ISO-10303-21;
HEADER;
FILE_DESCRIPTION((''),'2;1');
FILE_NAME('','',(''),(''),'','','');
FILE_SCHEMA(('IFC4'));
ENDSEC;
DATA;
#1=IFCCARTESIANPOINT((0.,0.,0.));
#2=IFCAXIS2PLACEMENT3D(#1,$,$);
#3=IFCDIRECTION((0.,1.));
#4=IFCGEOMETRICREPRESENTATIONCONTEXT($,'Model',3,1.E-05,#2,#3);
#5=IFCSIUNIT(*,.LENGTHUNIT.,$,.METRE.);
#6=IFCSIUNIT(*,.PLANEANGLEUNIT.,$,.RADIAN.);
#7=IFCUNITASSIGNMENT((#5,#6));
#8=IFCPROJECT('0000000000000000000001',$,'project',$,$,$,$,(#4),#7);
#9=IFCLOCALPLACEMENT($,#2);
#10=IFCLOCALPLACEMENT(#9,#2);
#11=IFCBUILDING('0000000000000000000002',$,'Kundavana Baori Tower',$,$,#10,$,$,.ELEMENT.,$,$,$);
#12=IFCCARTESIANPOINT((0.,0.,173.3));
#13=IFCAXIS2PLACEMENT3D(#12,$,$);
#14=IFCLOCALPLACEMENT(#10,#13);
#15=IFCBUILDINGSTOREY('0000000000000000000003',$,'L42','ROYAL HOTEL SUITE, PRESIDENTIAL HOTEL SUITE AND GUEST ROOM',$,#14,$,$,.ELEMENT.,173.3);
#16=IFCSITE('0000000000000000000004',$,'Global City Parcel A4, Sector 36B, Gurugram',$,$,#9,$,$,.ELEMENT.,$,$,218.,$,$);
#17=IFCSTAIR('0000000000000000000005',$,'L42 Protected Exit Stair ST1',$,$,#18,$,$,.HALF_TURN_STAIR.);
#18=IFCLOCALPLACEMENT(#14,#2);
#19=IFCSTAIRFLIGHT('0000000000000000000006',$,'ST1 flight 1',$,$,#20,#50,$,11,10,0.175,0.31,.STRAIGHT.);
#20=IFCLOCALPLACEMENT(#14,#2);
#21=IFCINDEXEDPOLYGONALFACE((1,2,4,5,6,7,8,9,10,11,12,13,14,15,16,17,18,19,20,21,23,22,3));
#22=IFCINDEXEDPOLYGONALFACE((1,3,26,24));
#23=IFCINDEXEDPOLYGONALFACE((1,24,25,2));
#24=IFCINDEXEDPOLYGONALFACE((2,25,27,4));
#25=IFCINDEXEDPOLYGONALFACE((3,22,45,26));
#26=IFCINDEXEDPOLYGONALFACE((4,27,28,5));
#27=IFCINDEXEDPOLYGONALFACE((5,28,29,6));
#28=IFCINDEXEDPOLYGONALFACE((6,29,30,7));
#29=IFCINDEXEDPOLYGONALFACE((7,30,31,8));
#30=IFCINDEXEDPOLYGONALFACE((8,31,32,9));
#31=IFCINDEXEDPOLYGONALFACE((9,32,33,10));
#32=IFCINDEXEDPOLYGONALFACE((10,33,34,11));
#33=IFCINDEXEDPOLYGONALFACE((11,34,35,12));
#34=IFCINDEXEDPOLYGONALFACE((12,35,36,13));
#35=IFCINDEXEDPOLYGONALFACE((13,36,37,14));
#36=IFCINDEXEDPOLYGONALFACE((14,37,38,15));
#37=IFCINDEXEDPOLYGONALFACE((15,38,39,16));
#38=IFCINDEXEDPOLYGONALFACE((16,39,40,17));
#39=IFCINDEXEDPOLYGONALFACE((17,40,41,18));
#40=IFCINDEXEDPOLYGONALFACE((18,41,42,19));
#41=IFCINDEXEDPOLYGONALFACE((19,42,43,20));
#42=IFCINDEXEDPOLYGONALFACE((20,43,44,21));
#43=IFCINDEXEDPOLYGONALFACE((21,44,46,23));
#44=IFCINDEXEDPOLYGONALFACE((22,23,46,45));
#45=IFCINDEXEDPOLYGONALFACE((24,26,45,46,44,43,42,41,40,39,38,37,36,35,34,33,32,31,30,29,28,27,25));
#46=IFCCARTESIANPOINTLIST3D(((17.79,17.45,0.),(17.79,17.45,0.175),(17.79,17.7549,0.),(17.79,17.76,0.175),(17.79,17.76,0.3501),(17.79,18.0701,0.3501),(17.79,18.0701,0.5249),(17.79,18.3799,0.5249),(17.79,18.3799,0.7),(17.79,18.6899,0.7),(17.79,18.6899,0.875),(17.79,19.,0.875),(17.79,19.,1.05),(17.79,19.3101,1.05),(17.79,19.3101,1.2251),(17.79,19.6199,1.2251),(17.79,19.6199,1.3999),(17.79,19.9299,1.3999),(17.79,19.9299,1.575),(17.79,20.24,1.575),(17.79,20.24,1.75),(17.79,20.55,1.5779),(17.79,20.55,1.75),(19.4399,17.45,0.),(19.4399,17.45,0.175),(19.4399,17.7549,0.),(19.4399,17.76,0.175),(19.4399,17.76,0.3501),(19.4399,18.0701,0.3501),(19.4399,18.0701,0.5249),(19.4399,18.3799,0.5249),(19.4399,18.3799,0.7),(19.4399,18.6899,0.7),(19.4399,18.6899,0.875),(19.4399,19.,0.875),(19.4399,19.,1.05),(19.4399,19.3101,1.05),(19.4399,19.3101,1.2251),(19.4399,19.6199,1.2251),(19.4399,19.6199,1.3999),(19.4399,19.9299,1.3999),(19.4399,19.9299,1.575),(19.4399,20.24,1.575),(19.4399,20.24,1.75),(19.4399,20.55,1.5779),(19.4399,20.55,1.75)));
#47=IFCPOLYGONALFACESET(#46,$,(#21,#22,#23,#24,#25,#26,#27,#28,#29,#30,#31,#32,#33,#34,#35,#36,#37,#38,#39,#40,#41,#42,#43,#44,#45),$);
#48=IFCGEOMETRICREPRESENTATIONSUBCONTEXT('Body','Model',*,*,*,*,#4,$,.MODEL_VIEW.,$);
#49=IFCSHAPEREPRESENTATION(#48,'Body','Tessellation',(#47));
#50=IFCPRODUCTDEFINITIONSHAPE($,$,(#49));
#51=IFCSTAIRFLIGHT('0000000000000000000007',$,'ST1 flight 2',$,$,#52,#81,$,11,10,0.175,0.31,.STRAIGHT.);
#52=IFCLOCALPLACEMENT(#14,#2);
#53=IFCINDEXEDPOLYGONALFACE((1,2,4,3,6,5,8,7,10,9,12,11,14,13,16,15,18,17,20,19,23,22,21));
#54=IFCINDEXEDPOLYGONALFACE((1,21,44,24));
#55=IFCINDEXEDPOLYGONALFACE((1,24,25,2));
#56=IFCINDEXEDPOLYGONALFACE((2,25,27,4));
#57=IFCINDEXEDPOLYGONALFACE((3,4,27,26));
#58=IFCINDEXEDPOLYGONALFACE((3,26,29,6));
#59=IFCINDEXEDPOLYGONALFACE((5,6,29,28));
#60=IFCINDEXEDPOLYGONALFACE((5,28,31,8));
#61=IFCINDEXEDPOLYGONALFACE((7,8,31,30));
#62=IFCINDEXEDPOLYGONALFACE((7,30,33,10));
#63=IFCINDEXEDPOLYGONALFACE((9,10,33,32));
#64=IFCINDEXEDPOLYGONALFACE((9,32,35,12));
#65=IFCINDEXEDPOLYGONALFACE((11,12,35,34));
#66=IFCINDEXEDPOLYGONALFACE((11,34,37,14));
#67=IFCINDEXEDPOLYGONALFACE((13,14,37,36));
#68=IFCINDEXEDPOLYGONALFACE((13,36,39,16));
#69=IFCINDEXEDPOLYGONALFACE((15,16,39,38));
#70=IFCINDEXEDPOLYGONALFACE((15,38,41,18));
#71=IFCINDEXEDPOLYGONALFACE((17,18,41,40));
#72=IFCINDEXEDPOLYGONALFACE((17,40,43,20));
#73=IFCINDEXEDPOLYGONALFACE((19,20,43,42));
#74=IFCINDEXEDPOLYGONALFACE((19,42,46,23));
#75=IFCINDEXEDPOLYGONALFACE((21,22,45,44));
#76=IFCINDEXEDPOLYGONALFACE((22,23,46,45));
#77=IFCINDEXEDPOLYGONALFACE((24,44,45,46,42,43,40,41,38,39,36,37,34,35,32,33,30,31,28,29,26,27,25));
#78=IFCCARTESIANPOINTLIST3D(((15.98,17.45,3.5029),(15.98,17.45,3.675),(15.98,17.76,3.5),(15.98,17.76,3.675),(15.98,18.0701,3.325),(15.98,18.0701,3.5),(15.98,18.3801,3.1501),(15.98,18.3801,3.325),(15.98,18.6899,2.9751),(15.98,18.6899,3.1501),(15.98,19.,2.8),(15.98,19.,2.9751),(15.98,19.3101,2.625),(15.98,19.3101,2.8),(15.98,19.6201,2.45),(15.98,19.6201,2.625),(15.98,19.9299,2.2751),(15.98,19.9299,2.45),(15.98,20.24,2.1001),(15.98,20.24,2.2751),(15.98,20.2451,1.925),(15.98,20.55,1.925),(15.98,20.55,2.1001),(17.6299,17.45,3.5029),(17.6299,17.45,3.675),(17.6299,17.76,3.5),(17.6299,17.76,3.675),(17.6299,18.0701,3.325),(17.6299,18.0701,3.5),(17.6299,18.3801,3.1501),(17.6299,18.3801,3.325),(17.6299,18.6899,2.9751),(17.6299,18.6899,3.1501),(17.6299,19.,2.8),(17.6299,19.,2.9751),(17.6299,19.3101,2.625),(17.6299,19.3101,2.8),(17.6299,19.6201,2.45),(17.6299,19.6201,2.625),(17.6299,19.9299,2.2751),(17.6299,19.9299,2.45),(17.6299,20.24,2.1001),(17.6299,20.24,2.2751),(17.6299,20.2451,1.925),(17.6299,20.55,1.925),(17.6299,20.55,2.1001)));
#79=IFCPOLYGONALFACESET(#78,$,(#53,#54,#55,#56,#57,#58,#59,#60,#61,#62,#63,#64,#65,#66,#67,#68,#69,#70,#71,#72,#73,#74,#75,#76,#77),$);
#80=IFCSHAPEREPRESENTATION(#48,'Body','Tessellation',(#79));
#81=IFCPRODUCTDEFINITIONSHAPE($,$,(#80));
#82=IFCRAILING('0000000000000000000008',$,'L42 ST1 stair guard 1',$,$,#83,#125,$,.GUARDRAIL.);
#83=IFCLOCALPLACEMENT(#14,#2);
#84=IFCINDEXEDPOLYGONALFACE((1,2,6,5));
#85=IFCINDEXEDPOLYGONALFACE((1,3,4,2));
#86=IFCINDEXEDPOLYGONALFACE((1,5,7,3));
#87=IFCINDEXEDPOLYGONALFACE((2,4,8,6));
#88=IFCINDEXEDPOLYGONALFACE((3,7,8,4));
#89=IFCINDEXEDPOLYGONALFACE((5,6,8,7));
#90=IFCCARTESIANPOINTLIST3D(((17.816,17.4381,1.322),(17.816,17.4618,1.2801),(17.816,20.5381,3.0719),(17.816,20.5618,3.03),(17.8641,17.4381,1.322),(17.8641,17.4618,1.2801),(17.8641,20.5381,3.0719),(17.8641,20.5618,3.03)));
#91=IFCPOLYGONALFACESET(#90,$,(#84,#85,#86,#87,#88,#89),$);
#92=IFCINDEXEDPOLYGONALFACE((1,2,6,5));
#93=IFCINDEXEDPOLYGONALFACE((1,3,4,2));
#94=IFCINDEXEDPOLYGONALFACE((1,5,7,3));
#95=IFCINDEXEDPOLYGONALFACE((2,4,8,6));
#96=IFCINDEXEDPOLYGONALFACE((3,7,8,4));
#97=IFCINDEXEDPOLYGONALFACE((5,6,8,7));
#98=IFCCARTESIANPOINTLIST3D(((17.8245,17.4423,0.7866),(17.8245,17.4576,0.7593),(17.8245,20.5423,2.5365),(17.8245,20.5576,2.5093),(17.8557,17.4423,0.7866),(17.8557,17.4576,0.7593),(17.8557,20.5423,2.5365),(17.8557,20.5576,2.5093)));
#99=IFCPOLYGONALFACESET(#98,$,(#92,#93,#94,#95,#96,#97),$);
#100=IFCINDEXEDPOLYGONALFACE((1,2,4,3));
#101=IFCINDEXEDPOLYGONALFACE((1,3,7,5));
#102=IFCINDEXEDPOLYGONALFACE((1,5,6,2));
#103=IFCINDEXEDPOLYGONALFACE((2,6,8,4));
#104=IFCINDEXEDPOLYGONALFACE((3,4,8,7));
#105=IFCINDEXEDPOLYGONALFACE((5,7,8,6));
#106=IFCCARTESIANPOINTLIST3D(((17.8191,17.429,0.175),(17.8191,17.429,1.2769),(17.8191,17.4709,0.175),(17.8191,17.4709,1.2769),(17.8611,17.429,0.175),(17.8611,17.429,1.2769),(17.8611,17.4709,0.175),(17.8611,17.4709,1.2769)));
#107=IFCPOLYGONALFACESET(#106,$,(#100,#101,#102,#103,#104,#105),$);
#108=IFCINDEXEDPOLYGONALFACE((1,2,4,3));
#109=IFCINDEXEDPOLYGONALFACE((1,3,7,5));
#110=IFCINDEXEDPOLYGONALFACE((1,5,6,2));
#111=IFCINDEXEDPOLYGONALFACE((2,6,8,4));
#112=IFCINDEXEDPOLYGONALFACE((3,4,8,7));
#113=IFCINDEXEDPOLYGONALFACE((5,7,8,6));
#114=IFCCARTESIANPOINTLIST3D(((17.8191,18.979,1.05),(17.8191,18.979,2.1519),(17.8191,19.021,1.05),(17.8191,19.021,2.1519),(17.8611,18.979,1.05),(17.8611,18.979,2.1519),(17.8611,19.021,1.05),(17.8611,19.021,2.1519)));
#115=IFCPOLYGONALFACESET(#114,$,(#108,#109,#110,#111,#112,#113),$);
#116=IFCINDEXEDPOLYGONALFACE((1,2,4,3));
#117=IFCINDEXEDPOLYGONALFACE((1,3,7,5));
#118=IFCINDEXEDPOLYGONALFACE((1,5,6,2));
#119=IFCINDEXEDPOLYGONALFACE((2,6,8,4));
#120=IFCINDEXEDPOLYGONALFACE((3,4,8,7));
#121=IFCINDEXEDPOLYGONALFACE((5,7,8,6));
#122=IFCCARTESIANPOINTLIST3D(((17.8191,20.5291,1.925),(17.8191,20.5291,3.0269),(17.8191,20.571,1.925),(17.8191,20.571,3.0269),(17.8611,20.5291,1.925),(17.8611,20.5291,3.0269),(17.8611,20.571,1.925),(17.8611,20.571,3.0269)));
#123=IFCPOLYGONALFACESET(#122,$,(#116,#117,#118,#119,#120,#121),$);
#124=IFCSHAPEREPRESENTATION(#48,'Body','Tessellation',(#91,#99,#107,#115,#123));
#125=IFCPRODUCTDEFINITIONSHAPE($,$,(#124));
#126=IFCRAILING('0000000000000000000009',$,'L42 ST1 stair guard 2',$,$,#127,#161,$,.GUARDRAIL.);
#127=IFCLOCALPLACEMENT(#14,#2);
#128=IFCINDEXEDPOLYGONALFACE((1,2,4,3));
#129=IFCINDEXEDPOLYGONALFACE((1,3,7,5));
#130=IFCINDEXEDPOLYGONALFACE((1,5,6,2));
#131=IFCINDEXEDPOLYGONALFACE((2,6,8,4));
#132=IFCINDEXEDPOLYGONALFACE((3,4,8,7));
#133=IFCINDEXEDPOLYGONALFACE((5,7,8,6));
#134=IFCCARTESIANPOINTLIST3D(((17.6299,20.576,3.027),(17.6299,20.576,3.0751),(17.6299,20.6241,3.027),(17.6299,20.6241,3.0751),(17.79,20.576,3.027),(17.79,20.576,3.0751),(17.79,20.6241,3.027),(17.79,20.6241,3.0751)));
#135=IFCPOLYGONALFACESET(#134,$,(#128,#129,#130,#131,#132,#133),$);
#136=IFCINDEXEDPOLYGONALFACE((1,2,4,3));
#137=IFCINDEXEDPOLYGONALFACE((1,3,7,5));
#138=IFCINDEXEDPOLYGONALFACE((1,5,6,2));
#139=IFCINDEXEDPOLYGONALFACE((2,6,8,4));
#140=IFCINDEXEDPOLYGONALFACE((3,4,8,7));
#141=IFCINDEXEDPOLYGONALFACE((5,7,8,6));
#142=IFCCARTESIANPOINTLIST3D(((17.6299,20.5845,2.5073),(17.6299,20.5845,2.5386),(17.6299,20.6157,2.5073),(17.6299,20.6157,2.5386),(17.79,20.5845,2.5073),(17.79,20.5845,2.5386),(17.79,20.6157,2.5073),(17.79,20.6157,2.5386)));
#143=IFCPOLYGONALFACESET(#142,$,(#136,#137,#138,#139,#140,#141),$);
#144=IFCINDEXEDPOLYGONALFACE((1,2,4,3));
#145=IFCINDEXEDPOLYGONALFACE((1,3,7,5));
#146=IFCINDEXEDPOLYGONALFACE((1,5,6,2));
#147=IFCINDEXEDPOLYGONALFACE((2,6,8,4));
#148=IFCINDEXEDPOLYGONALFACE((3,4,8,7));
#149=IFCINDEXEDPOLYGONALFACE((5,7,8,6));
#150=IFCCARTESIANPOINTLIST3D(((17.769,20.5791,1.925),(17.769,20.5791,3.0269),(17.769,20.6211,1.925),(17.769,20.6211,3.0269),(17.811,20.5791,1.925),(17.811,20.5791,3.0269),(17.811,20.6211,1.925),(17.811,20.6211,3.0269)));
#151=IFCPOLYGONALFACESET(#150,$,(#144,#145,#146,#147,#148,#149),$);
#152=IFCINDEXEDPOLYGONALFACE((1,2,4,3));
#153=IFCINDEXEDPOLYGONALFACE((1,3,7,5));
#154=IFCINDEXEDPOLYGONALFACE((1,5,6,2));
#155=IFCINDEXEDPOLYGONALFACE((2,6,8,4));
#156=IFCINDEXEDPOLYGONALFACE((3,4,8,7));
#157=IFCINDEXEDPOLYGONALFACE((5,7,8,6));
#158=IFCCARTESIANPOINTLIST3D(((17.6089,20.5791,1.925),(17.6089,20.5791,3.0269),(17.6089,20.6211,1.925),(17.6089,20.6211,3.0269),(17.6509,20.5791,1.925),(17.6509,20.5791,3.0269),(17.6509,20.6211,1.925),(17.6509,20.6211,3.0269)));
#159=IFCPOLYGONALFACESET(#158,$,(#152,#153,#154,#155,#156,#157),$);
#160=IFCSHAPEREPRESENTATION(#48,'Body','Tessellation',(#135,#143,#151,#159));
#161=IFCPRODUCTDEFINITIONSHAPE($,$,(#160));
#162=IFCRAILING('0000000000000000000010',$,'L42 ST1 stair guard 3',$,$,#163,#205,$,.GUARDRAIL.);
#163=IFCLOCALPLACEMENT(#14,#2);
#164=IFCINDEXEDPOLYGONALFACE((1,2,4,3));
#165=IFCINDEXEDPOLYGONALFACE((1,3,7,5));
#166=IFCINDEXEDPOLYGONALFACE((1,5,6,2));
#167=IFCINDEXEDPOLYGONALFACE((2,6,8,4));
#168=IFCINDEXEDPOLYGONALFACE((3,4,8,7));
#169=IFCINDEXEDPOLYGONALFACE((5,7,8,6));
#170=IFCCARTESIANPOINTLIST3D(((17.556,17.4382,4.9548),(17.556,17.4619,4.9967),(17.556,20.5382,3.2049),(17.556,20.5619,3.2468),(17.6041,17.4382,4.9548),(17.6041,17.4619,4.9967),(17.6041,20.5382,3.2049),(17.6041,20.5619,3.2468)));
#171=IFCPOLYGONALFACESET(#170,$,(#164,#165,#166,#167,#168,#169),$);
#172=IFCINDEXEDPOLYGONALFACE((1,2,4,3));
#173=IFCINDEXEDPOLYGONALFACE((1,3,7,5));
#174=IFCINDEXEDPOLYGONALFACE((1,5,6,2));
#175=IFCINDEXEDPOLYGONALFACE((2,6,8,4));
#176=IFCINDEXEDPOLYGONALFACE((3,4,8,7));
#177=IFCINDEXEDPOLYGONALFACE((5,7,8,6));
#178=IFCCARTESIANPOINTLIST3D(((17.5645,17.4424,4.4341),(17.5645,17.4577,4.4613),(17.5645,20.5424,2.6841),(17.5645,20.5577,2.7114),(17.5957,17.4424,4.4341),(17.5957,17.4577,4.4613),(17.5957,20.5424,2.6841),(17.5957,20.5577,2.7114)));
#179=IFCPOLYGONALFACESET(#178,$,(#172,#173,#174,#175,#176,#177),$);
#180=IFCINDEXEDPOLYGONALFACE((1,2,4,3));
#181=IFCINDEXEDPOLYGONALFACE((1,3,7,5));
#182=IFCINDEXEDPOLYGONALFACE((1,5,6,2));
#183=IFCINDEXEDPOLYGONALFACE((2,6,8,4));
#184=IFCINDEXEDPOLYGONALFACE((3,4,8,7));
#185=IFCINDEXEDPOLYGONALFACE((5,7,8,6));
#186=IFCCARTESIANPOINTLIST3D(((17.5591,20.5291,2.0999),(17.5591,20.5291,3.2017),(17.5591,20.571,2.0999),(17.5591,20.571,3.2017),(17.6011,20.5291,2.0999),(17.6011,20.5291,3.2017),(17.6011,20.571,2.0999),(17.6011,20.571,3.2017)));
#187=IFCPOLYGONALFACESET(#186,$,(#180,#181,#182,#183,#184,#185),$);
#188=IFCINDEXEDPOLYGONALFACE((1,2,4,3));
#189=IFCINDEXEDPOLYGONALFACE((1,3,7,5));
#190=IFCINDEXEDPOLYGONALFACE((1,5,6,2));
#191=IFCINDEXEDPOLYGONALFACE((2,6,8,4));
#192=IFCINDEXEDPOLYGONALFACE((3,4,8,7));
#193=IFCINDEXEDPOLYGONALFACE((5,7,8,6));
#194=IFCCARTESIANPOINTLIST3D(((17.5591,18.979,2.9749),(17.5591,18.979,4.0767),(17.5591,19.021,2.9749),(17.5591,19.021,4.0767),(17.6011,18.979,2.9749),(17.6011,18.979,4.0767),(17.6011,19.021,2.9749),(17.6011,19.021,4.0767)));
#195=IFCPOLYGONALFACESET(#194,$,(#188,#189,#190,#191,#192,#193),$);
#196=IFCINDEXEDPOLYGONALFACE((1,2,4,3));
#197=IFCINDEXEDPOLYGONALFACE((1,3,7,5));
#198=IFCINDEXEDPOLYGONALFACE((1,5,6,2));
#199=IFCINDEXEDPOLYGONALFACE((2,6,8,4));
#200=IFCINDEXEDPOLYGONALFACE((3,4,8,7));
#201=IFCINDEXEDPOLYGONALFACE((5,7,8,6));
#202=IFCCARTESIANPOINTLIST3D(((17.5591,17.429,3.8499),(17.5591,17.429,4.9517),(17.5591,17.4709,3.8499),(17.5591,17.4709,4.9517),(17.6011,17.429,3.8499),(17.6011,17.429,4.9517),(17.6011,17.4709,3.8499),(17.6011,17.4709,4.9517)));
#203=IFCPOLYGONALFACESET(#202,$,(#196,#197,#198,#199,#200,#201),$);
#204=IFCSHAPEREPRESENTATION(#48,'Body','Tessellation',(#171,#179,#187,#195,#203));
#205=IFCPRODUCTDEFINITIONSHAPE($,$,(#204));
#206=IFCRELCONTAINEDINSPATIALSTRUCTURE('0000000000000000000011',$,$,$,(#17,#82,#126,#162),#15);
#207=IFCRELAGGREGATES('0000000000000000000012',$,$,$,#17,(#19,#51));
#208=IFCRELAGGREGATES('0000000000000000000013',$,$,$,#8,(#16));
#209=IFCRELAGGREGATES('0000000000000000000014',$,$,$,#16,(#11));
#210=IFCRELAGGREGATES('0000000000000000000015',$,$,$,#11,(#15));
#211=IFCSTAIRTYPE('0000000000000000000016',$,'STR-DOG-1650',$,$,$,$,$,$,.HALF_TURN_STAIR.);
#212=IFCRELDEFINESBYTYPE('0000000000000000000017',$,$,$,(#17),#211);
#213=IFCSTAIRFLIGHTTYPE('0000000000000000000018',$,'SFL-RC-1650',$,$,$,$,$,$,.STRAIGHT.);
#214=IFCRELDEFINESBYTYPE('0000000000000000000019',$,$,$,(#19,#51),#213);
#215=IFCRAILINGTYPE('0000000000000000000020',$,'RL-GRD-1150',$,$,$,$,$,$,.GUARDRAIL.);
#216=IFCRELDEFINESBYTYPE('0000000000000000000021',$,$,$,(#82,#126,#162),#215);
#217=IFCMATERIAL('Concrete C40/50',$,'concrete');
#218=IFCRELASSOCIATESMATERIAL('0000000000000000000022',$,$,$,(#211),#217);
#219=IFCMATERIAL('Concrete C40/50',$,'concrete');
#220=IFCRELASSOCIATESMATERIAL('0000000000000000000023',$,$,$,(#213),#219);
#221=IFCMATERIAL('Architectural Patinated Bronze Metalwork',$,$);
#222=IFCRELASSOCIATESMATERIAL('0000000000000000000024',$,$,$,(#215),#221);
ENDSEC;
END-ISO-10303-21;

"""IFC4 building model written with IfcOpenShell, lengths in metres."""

from ifc_helpers import new_model, si_unit, direction, frame, origin, origin_2d, place, context, subcontext, project, spatial, polyline, rectangle, outline, extrude, material, type_object, element, aggregate, save


model = new_model("IFC4")

# Units and contexts
model_context = context("Model", 3, precision=1e-05, world=origin(), true_north=direction((0.0, 1.0)))
body_context = subcontext(model_context, "Body", "Model", "MODEL_VIEW")
ifc_project = project(units=[si_unit("LENGTHUNIT", "METRE"), si_unit("PLANEANGLEUNIT", "RADIAN")], contexts=[model_context])

# Site, building, storey
site_placement = place(None, origin())
site = spatial("IfcSite", under=ifc_project, at=site_placement, Name="Global City Parcel A4, Sector 36B, Gurugram", CompositionType="ELEMENT", RefElevation=218.0)
building_placement = place(site_placement, origin())
building = spatial("IfcBuilding", under=site, at=building_placement, Name="Kundavana Baori Tower", CompositionType="ELEMENT")
storey_placement = place(building_placement, frame((0.0, 0.0, 173.3)))
storey = spatial("IfcBuildingStorey", under=building, at=storey_placement, Name="L42", Description="ROYAL HOTEL SUITE, PRESIDENTIAL HOTEL SUITE AND GUEST ROOM", CompositionType="ELEMENT", Elevation=173.3)

# Stair, stair flights
ifc_material_1 = material(Name="Concrete C40/50", Category="concrete")
stair_type = type_object("IfcStairType", Name="STR-DOG-1650", PredefinedType="HALF_TURN_STAIR", material=ifc_material_1)
stair_placement = place(storey_placement, origin())
stair = element("IfcStair", 1, at=stair_placement, inside=storey, type_object=stair_type, Name="L42 Protected Exit Stair ST1", PredefinedType="HALF_TURN_STAIR")
ifc_material_2 = material(Name="Concrete C40/50", Category="concrete")
stair_flight_type = type_object("IfcStairFlightType", Name="SFL-RC-1650", PredefinedType="STRAIGHT", material=ifc_material_2)
stair_flight_1_placement = place(storey_placement, frame((18.615, 17.45, 0.0), z_axis=(0.0, 0.0, 1.0), x_axis=(0.0, 1.0, 0.0)))
stair_flight_1 = element("IfcStairFlight", 2, at=stair_flight_1_placement, type_object=stair_flight_type, Name="ST1 flight 1", NumberOfRisers=11, NumberOfTreads=10, PredefinedType="STRAIGHT", RiserHeight=0.175, TreadLength=0.31, context=body_context, shape_type="SweptSolid", body=[
    extrude(outline(polyline([(0.0, 0.0), (0.0, 0.175), (0.3101, 0.175), (0.3101, 0.3501), (0.6201, 0.3501), (0.6201, 0.5249), (0.9299, 0.5249), (0.9299, 0.7), (1.24, 0.7), (1.24, 0.875), (1.55, 0.875), (1.55, 1.05), (1.8601, 1.05), (1.8601, 1.2251), (2.1699, 1.2251), (2.1699, 1.3999), (2.48, 1.3999), (2.48, 1.575), (2.79, 1.575), (2.79, 1.75), (3.1001, 1.75), (3.1001, 1.925), (3.1001, 1.5779), (0.3049, 0.0), (0.0, 0.0)])), frame((0.0, 0.825, 0.0), z_axis=(0.0, -1.0, 0.0), x_axis=(1.0, 0.0, 0.0)), (0.0, 0.0, 1.0), 1.6499),
])
stair_flight_2_placement = place(storey_placement, frame((16.8049, 20.55, 1.925), z_axis=(0.0, 0.0, 1.0), x_axis=(0.0, -1.0, 0.0)))
stair_flight_2 = element("IfcStairFlight", 3, at=stair_flight_2_placement, type_object=stair_flight_type, Name="ST1 flight 2", NumberOfRisers=11, NumberOfTreads=10, PredefinedType="STRAIGHT", RiserHeight=0.175, TreadLength=0.31, context=body_context, shape_type="SweptSolid", body=[
    extrude(outline(polyline([(0.0, 0.0), (0.0, 0.175), (0.3101, 0.175), (0.3101, 0.3501), (0.6201, 0.3501), (0.6201, 0.5249), (0.9299, 0.5249), (0.9299, 0.7), (1.24, 0.7), (1.24, 0.875), (1.55, 0.875), (1.55, 1.05), (1.8601, 1.05), (1.8601, 1.2251), (2.1699, 1.2251), (2.1699, 1.3999), (2.48, 1.3999), (2.48, 1.575), (2.79, 1.575), (2.79, 1.75), (3.1001, 1.75), (3.1001, 1.925), (3.1001, 1.5779), (0.3049, 0.0), (0.0, 0.0)])), frame((0.0, 0.825, 0.0), z_axis=(0.0, -1.0, 0.0), x_axis=(1.0, 0.0, 0.0)), (0.0, 0.0, 1.0), 1.6499),
])
aggregate(stair, [stair_flight_1, stair_flight_2])

# Railings
ifc_material_3 = material(Name="Architectural Patinated Bronze Metalwork")
railing_type_1 = type_object("IfcRailingType", Name="RL-GRD-1150", PredefinedType="GUARDRAIL", material=ifc_material_3)
railing_1_placement = place(storey_placement, frame((17.8401, 17.45, 0.175)))
element("IfcRailing", 4, at=railing_1_placement, inside=storey, type_object=railing_type_1, Name="L42 ST1 stair guard 1", PredefinedType="GUARDRAIL", context=body_context, shape_type="SweptSolid", body=[
    extrude(rectangle(XDim=0.0481, YDim=0.0481, at=origin_2d()), frame((0.0, 0.0, 1.126), z_axis=(0.0, 0.870831, 0.491583), x_axis=(-1.0, 0.0, 0.0)), (0.0, 0.0, 1.0), 3.5598),
    extrude(rectangle(XDim=0.0312, YDim=0.0312, at=origin_2d()), frame((0.0, 0.0, 0.5979), z_axis=(0.0, 0.870831, 0.491583), x_axis=(-1.0, 0.0, 0.0)), (0.0, 0.0, 1.0), 3.5598),
    extrude(rectangle(XDim=0.042, YDim=0.042, at=origin_2d()), origin(), (0.0, 0.0, 1.0), 1.1018),
    extrude(rectangle(XDim=0.042, YDim=0.042, at=origin_2d()), frame((0.0, 1.55, 0.875)), (0.0, 0.0, 1.0), 1.1018),
    extrude(rectangle(XDim=0.042, YDim=0.042, at=origin_2d()), frame((0.0, 3.1001, 1.75)), (0.0, 0.0, 1.0), 1.1018),
])
railing_2_placement = place(storey_placement, frame((17.79, 20.6001, 1.925)))
element("IfcRailing", 5, at=railing_2_placement, inside=storey, type_object=railing_type_1, Name="L42 ST1 stair guard 2", PredefinedType="GUARDRAIL", context=body_context, shape_type="SweptSolid", body=[
    extrude(rectangle(XDim=0.0481, YDim=0.0481, at=origin_2d()), frame((0.0, 0.0, 1.126), z_axis=(-1.0, 0.0, 0.0), x_axis=(0.0, -1.0, 0.0)), (0.0, 0.0, 1.0), 0.1602),
    extrude(rectangle(XDim=0.0312, YDim=0.0312, at=origin_2d()), frame((0.0, 0.0, 0.5979), z_axis=(-1.0, 0.0, 0.0), x_axis=(0.0, -1.0, 0.0)), (0.0, 0.0, 1.0), 0.1602),
    extrude(rectangle(XDim=0.042, YDim=0.042, at=origin_2d()), origin(), (0.0, 0.0, 1.0), 1.1018),
    extrude(rectangle(XDim=0.042, YDim=0.042, at=origin_2d()), frame((-0.1602, 0.0, 0.0)), (0.0, 0.0, 1.0), 1.1018),
])
railing_3_placement = place(storey_placement, frame((17.5801, 20.55, 2.0999)))
element("IfcRailing", 6, at=railing_3_placement, inside=storey, type_object=railing_type_1, Name="L42 ST1 stair guard 3", PredefinedType="GUARDRAIL", context=body_context, shape_type="SweptSolid", body=[
    extrude(rectangle(XDim=0.0481, YDim=0.0481, at=origin_2d()), frame((0.0, 0.0, 1.126), z_axis=(0.0, -0.870831, 0.491583), x_axis=(1.0, 0.0, 0.0)), (0.0, 0.0, 1.0), 3.5598),
    extrude(rectangle(XDim=0.0312, YDim=0.0312, at=origin_2d()), frame((0.0, 0.0, 0.5979), z_axis=(0.0, -0.870831, 0.491583), x_axis=(1.0, 0.0, 0.0)), (0.0, 0.0, 1.0), 3.5598),
    extrude(rectangle(XDim=0.042, YDim=0.042, at=origin_2d()), origin(), (0.0, 0.0, 1.0), 1.1018),
    extrude(rectangle(XDim=0.042, YDim=0.042, at=origin_2d()), frame((0.0, -1.55, 0.875)), (0.0, 0.0, 1.0), 1.1018),
    extrude(rectangle(XDim=0.042, YDim=0.042, at=origin_2d()), frame((0.0, -3.1001, 1.75)), (0.0, 0.0, 1.0), 1.1018),
])

save(model, "model.ifc")
